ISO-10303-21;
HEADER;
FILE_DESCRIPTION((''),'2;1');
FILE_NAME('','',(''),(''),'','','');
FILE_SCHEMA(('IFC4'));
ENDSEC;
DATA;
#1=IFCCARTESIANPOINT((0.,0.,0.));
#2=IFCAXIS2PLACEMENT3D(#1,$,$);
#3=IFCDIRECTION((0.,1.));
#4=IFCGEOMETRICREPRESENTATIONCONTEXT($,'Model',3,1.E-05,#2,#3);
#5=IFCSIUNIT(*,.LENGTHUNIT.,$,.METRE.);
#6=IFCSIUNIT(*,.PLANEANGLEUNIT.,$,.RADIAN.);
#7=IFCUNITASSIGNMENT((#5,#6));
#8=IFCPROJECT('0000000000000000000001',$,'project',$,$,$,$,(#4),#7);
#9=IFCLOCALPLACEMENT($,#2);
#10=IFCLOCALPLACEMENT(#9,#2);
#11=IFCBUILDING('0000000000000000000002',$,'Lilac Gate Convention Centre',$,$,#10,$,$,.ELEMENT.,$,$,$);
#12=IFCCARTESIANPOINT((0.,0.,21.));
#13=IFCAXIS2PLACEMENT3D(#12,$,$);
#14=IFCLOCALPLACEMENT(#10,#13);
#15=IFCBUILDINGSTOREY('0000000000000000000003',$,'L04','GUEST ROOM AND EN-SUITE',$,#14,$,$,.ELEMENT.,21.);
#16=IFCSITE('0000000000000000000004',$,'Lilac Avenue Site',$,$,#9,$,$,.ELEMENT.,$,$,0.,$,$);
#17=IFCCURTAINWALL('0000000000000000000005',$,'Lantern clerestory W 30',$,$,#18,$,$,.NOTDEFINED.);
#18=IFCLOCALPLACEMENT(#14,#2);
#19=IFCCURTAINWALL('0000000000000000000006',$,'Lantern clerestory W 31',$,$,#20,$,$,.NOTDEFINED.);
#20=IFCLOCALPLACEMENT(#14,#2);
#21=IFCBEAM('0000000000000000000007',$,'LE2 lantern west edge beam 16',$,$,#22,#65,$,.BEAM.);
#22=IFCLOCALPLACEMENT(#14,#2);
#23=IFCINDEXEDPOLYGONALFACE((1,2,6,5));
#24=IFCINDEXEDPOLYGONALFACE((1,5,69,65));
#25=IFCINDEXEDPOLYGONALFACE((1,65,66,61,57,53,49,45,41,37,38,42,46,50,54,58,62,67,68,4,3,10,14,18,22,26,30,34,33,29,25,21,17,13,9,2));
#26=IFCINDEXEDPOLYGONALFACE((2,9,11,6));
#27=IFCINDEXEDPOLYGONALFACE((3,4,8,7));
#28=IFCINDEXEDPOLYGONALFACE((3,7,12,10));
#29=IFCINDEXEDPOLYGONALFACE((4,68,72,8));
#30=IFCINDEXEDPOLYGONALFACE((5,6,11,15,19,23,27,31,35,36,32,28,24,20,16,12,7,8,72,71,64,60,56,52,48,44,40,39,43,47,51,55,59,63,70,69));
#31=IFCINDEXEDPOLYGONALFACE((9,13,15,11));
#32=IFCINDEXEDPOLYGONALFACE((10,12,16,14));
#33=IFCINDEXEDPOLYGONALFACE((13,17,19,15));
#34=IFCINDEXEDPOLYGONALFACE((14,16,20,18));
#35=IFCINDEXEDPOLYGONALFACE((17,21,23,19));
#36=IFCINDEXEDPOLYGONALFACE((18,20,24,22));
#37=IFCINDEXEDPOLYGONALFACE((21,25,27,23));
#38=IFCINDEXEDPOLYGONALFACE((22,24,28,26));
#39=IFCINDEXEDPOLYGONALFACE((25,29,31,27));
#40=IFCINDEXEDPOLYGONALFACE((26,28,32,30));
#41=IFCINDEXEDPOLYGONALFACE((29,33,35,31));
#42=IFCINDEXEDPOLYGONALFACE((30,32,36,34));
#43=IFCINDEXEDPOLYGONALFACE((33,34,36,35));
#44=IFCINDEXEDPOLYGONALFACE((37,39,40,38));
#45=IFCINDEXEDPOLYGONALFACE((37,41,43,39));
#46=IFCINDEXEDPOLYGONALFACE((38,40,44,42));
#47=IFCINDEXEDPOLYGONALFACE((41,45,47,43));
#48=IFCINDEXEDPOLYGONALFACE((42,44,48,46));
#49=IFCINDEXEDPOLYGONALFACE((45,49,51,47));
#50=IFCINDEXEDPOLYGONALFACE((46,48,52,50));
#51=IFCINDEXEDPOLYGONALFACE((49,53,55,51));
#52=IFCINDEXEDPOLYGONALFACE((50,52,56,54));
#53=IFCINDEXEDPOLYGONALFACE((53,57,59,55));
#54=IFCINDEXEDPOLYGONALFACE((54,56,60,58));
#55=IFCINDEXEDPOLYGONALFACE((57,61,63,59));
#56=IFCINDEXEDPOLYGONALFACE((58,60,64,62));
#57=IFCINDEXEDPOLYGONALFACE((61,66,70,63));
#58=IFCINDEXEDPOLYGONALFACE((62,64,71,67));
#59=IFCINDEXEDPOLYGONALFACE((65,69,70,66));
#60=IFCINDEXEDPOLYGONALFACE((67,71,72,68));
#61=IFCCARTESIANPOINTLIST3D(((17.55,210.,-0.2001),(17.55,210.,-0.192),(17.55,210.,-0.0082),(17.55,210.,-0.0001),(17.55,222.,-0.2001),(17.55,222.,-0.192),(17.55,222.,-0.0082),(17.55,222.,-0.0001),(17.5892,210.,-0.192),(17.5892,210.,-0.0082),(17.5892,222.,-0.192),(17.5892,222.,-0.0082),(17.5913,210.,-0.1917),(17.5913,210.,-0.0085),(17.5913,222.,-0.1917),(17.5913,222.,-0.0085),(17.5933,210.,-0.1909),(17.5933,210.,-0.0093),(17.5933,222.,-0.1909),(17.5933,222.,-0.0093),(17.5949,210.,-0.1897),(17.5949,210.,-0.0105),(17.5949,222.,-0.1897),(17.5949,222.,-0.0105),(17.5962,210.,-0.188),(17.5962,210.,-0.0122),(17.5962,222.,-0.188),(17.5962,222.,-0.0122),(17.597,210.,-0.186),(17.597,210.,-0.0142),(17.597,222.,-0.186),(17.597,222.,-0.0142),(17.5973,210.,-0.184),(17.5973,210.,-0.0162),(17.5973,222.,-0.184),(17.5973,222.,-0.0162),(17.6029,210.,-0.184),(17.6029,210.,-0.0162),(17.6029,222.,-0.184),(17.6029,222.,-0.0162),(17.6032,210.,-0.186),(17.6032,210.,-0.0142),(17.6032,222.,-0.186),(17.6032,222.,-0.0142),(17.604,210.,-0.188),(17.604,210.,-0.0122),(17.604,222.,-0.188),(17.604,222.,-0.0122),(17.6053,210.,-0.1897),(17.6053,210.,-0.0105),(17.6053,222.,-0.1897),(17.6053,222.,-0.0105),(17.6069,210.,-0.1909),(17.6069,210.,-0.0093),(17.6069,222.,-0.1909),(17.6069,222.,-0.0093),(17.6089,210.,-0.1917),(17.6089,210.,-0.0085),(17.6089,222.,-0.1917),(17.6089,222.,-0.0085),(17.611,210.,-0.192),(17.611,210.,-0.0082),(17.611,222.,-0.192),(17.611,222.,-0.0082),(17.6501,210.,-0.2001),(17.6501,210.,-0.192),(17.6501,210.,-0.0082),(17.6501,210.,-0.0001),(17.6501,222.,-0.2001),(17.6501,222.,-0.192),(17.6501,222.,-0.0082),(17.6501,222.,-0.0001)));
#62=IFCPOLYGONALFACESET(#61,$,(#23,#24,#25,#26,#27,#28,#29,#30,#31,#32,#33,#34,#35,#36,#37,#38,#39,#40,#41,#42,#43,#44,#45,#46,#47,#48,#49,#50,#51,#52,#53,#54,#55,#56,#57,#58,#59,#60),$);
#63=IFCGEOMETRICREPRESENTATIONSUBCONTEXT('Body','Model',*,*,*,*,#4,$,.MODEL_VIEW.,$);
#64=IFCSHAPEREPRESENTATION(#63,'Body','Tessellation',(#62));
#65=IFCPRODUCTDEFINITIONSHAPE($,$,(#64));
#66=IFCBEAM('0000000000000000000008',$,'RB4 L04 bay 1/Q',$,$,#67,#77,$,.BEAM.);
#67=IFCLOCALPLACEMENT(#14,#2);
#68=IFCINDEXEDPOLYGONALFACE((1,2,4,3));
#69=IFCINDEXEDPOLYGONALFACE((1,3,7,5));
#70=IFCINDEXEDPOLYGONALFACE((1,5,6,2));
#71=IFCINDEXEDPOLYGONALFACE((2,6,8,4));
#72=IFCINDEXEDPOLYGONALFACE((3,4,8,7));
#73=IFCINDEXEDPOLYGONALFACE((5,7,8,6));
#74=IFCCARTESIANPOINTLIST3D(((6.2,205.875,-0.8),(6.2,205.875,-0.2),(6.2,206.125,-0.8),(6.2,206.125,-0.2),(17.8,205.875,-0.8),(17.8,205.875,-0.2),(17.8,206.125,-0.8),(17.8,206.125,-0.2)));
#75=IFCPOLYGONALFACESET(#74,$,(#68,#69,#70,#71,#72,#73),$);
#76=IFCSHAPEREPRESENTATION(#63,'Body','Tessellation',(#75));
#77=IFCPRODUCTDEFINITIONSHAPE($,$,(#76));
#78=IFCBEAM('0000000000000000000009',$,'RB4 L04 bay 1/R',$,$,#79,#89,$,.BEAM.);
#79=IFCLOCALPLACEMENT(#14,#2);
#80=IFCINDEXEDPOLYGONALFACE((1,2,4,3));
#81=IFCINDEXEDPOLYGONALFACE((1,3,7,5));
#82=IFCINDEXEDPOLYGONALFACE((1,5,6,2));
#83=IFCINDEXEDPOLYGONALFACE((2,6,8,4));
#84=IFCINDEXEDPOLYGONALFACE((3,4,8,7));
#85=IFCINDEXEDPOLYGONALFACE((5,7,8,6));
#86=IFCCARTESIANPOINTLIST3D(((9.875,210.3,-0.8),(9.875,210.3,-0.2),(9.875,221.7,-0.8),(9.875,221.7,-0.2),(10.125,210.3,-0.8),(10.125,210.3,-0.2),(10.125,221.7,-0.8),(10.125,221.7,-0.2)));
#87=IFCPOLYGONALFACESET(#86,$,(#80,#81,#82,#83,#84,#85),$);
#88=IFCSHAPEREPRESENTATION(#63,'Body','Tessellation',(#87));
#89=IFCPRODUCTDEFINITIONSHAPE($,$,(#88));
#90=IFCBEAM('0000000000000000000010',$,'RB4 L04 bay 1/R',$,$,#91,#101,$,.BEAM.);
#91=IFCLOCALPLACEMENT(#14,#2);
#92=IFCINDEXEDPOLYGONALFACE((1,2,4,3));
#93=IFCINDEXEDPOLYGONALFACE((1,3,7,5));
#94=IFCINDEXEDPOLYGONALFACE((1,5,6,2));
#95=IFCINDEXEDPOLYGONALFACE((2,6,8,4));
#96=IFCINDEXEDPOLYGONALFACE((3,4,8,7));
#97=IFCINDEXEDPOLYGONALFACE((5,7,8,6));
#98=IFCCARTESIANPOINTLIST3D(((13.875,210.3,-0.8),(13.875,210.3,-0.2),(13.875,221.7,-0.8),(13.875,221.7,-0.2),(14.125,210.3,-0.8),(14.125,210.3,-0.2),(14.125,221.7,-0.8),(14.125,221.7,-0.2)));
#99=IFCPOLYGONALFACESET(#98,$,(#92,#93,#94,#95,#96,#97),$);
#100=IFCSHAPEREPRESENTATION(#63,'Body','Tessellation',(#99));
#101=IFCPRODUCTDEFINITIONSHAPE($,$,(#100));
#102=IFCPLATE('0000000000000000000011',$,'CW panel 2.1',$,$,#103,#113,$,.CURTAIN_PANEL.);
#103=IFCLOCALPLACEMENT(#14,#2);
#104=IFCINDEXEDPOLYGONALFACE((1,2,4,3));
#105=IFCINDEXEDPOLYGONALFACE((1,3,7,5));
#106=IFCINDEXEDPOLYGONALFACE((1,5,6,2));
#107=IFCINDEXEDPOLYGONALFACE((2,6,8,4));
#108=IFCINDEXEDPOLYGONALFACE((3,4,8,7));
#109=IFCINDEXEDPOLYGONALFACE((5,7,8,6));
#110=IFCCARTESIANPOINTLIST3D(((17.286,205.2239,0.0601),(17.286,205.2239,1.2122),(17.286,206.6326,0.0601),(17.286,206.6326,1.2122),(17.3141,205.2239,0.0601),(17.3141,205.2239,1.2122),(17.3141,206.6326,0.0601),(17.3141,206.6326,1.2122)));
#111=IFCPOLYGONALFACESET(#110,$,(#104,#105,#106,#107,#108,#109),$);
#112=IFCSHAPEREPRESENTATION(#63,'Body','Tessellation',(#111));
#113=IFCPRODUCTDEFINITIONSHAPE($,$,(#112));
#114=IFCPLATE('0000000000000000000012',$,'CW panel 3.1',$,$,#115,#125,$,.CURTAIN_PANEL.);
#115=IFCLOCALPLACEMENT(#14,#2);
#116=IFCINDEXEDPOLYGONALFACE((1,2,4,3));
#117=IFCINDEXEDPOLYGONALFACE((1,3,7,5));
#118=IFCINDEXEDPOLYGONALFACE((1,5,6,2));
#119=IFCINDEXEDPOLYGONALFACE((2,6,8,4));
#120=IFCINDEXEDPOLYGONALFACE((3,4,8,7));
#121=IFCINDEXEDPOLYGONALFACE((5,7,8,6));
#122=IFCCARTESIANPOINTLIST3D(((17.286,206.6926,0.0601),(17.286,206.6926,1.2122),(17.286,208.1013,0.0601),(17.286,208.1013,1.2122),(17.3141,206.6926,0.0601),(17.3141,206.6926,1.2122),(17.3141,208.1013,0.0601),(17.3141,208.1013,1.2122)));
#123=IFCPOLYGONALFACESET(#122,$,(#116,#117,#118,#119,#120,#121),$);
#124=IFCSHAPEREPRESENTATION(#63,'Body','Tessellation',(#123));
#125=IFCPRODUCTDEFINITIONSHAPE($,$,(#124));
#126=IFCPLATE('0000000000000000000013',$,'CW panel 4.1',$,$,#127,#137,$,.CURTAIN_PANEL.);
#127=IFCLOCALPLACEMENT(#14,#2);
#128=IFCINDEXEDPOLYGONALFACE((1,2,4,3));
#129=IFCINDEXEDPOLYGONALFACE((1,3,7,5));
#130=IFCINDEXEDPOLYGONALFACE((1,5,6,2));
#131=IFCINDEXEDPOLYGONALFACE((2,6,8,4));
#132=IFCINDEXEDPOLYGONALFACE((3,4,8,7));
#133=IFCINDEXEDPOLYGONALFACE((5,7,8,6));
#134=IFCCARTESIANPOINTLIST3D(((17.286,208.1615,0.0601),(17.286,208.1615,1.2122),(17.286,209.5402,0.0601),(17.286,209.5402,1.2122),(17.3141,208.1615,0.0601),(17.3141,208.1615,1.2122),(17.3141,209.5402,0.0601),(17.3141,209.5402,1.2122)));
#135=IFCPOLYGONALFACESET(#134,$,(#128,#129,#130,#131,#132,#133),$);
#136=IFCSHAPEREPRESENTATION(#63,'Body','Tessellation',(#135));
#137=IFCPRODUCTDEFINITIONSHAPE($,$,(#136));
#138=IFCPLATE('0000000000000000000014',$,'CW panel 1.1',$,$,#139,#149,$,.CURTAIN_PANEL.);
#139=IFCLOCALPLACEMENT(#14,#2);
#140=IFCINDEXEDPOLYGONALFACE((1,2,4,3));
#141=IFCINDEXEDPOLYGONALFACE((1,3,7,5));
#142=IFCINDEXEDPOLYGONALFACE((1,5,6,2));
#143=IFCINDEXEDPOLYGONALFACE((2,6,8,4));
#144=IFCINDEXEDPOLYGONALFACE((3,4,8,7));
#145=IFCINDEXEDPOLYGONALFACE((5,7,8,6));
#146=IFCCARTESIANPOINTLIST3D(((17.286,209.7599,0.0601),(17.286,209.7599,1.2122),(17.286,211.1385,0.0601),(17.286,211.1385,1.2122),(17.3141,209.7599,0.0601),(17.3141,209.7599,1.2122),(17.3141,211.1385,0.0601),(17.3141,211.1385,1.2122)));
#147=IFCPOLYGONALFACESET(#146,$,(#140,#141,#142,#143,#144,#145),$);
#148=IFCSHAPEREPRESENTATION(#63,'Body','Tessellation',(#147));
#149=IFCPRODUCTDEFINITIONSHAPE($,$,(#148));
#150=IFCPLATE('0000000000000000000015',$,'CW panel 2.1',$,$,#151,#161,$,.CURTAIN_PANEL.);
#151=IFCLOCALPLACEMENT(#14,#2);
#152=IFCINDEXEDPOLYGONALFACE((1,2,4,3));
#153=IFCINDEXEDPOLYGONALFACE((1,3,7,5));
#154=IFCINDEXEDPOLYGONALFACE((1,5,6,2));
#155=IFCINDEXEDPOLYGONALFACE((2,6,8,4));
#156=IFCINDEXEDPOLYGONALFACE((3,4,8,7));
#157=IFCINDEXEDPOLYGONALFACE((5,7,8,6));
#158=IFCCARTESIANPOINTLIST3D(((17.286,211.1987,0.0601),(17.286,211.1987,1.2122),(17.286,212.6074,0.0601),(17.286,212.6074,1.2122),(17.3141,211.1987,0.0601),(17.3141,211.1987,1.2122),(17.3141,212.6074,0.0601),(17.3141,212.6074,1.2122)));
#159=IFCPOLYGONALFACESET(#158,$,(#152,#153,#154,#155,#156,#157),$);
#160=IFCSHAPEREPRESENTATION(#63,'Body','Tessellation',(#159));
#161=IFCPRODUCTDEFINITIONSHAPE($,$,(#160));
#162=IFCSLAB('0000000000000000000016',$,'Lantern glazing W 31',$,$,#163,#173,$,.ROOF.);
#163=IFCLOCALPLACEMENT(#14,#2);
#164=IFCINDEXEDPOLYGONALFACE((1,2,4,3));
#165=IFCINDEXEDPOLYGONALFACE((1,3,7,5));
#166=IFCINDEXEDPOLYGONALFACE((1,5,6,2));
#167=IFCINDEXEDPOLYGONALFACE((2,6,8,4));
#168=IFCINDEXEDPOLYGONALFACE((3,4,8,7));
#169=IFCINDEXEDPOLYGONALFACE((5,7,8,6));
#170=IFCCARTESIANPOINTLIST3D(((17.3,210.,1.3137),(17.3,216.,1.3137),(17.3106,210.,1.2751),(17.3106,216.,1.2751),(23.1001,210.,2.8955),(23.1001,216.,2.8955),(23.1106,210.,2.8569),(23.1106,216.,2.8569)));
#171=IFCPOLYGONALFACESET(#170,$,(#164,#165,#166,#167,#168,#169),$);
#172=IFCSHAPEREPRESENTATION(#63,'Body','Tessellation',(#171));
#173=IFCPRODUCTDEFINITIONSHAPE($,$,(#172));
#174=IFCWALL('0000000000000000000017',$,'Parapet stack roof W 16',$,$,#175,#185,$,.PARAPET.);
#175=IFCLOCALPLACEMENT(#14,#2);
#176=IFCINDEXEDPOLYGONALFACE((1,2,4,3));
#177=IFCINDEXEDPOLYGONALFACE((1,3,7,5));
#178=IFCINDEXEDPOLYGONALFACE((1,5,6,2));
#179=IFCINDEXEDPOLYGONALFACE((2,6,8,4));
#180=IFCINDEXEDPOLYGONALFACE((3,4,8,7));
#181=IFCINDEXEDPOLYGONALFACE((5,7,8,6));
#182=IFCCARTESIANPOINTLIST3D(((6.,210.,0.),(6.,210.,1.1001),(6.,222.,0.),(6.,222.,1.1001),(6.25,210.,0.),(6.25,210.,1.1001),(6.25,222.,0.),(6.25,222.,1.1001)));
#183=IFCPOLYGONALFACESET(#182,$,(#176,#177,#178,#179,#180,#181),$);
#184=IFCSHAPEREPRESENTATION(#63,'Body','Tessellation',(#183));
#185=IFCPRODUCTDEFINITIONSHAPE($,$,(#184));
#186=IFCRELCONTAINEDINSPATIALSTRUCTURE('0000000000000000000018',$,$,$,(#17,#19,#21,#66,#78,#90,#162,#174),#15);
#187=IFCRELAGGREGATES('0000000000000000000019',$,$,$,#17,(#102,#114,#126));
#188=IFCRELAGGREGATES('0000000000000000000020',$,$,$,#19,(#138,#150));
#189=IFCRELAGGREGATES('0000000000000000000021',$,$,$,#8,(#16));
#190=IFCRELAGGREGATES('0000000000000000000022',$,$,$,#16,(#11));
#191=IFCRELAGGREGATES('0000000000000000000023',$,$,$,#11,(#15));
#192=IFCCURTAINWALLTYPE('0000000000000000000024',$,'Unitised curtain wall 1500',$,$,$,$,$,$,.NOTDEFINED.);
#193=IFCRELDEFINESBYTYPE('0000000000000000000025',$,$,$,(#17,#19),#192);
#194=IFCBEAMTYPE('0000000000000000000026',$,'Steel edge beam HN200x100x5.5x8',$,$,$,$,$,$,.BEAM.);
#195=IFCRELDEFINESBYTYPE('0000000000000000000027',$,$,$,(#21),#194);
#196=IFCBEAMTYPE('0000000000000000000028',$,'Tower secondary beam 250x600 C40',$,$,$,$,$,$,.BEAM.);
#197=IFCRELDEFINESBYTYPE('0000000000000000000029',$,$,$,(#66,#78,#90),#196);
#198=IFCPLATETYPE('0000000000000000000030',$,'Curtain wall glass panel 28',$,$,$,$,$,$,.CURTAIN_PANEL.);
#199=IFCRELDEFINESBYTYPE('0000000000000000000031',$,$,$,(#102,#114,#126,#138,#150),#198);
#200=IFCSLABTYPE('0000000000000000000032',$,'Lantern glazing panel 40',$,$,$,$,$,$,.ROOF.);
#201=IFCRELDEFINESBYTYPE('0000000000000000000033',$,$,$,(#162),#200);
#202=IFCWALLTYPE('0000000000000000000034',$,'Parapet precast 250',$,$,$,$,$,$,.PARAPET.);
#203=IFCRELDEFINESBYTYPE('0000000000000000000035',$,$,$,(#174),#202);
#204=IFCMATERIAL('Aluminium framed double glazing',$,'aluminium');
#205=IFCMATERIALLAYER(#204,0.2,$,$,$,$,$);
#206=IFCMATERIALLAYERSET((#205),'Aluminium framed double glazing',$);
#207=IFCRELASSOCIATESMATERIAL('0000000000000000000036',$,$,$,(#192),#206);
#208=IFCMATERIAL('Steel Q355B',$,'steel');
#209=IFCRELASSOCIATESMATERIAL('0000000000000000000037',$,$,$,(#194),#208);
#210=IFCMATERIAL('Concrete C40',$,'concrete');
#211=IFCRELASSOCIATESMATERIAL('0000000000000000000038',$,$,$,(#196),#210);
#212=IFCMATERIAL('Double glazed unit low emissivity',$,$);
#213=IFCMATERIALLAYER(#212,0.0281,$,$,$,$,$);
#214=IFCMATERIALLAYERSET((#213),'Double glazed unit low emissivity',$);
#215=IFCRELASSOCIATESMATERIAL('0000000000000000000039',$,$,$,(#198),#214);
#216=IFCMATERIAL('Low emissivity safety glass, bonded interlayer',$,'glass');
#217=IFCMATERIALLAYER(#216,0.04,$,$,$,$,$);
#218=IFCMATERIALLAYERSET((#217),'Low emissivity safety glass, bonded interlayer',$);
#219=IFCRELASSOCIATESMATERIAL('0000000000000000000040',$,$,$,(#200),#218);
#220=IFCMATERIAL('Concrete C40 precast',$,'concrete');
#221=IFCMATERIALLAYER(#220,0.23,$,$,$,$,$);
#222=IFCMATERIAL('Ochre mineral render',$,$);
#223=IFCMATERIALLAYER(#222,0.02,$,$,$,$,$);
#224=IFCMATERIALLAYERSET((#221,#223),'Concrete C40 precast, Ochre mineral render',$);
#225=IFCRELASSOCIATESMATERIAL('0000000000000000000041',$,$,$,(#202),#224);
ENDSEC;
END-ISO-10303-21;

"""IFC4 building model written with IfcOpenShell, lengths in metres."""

from ifc_helpers import new_model, si_unit, direction, frame, frame_2d, origin, origin_2d, place, context, subcontext, project, spatial, polyline, rectangle, i_section, outline, extrude, material, layer, layer_set, material_profile, profile_set, type_object, element, aggregate, save


model = new_model("IFC4")

# Units and contexts
model_context = context("Model", 3, precision=1e-05, world=origin(), true_north=direction((0.0, 1.0)))
body_context = subcontext(model_context, "Body", "Model", "MODEL_VIEW")
ifc_project = project(units=[si_unit("LENGTHUNIT", "METRE"), si_unit("PLANEANGLEUNIT", "RADIAN")], contexts=[model_context])

# Site, building, storey
site_placement = place(None, origin())
site = spatial("IfcSite", under=ifc_project, at=site_placement, Name="Lilac Avenue Site", CompositionType="ELEMENT", RefElevation=0.0)
building_placement = place(site_placement, origin())
building = spatial("IfcBuilding", under=site, at=building_placement, Name="Lilac Gate Convention Centre", CompositionType="ELEMENT")
storey_placement = place(building_placement, frame((0.0, 0.0, 21.0)))
storey = spatial("IfcBuildingStorey", under=building, at=storey_placement, Name="L04", Description="GUEST ROOM AND EN-SUITE", CompositionType="ELEMENT", Elevation=21.0)

# Curtain walls
ifc_material_1 = material(Name="Aluminium framed double glazing", Category="aluminium")
ifc_layer_1 = layer(ifc_material_1, 0.2)
ifc_layer_set_1 = layer_set([ifc_layer_1], Name="Aluminium framed double glazing")
curtain_wall_type = type_object("IfcCurtainWallType", Name="Unitised curtain wall 1500", PredefinedType="NOTDEFINED", material=ifc_layer_set_1)
curtain_wall_1_placement = place(storey_placement, origin())
curtain_wall_1 = element("IfcCurtainWall", 1, at=curtain_wall_1_placement, inside=storey, type_object=curtain_wall_type, Name="Lantern clerestory W 30", PredefinedType="NOTDEFINED")
curtain_wall_2_placement = place(storey_placement, origin())
curtain_wall_2 = element("IfcCurtainWall", 2, at=curtain_wall_2_placement, inside=storey, type_object=curtain_wall_type, Name="Lantern clerestory W 31", PredefinedType="NOTDEFINED")

# Shared definitions
ifc_material_2 = material(Name="Steel Q355B", Category="steel")

# Beams
ifc_material_profile_1 = material_profile(ifc_material_2, i_section(OverallWidth=0.1001, OverallDepth=0.2, WebThickness=0.0056, FlangeThickness=0.0081, FilletRadius=0.0081, at=origin_2d()), Name="HN200x100x5.5x8")
ifc_profile_set_1 = profile_set([ifc_material_profile_1], Name="Steel Q355B")
beam_type_1 = type_object("IfcBeamType", Name="Steel edge beam HN200x100x5.5x8", PredefinedType="BEAM", material=ifc_profile_set_1)
beam_1_placement = place(storey_placement, frame((17.6001, 210.0, -0.1001), z_axis=(0.0, 1.0, 0.0), x_axis=(-1.0, 0.0, 0.0)))
element("IfcBeam", 3, at=beam_1_placement, inside=storey, type_object=beam_type_1, Name="LE2 lantern west edge beam 16", PredefinedType="BEAM", context=body_context, shape_type="SweptSolid", body=[
    extrude(i_section(OverallWidth=0.1001, OverallDepth=0.2, WebThickness=0.0056, FlangeThickness=0.0081, FilletRadius=0.0081, at=origin_2d()), origin(), (0.0, 0.0, 1.0), 12.0),
])
ifc_material_3 = material(Name="Concrete C40", Category="concrete")
ifc_material_profile_2 = material_profile(ifc_material_3, rectangle(XDim=0.25, YDim=0.6001, at=origin_2d()), Name="RC 250x600")
ifc_profile_set_2 = profile_set([ifc_material_profile_2], Name="Concrete C40")
beam_type_2 = type_object("IfcBeamType", Name="Tower secondary beam 250x600 C40", PredefinedType="BEAM", material=ifc_profile_set_2)
beam_2_placement = place(storey_placement, frame((6.2, 206.0, -0.5), z_axis=(1.0, 0.0, 0.0), x_axis=(0.0, 1.0, 0.0)))
element("IfcBeam", 4, at=beam_2_placement, inside=storey, type_object=beam_type_2, Name="RB4 L04 bay 1/Q", PredefinedType="BEAM", context=body_context, shape_type="SweptSolid", body=[
    extrude(rectangle(XDim=0.25, YDim=0.6001, at=origin_2d()), origin(), (0.0, 0.0, 1.0), 11.6001),
])
for number, where, z_axis, x_axis, name in (
    (5, (10.0, 210.3, -0.5), (0.0, 1.0, 0.0), (-1.0, 0.0, 0.0), "RB4 L04 bay 1/R"),
    (6, (14.0, 210.3, -0.5), (0.0, 1.0, 0.0), (-1.0, 0.0, 0.0), "RB4 L04 bay 1/R"),
):
    element("IfcBeam", number, at=place(storey_placement, frame(where, z_axis=z_axis, x_axis=x_axis)), inside=storey, type_object=beam_type_2, Name=name, PredefinedType="BEAM", context=body_context, shape_type="SweptSolid", body=[
        extrude(rectangle(XDim=0.25, YDim=0.6001, at=origin_2d()), origin(), (0.0, 0.0, 1.0), 11.3999),
    ])

# Plates
ifc_material_4 = material(Name="Double glazed unit low emissivity")
ifc_layer_2 = layer(ifc_material_4, 0.0281)
ifc_layer_set_2 = layer_set([ifc_layer_2], Name="Double glazed unit low emissivity")
plate_type = type_object("IfcPlateType", Name="Curtain wall glass panel 28", PredefinedType="CURTAIN_PANEL", material=ifc_layer_set_2)
plate_1_placement = place(storey_placement, frame((17.3, 205.9282, 0.0601), z_axis=(0.0, 0.0, 1.0), x_axis=(0.0, 1.0, 0.0)))
plate_1 = element("IfcPlate", 7, at=plate_1_placement, type_object=plate_type, Name="CW panel 2.1", PredefinedType="CURTAIN_PANEL", context=body_context, shape_type="SweptSolid", body=[
    extrude(rectangle(XDim=1.4087, YDim=0.0281, at=origin_2d()), origin(), (0.0, 0.0, 1.0), 1.1521),
])
plate_2_placement = place(storey_placement, frame((17.3, 207.397, 0.0601), z_axis=(0.0, 0.0, 1.0), x_axis=(0.0, 1.0, 0.0)))
plate_2 = element("IfcPlate", 8, at=plate_2_placement, type_object=plate_type, Name="CW panel 3.1", PredefinedType="CURTAIN_PANEL", context=body_context, shape_type="SweptSolid", body=[
    extrude(rectangle(XDim=1.4087, YDim=0.0281, at=origin_2d()), origin(), (0.0, 0.0, 1.0), 1.1521),
])
plate_3_placement = place(storey_placement, frame((17.3, 208.8508, 0.0601), z_axis=(0.0, 0.0, 1.0), x_axis=(0.0, 1.0, 0.0)))
plate_3 = element("IfcPlate", 9, at=plate_3_placement, type_object=plate_type, Name="CW panel 4.1", PredefinedType="CURTAIN_PANEL", context=body_context, shape_type="SweptSolid", body=[
    extrude(rectangle(XDim=1.3787, YDim=0.0281, at=origin_2d()), origin(), (0.0, 0.0, 1.0), 1.1521),
])
aggregate(curtain_wall_1, [plate_1, plate_2, plate_3])
plate_4_placement = place(storey_placement, frame((17.3, 210.4492, 0.0601), z_axis=(0.0, 0.0, 1.0), x_axis=(0.0, 1.0, 0.0)))
plate_4 = element("IfcPlate", 10, at=plate_4_placement, type_object=plate_type, Name="CW panel 1.1", PredefinedType="CURTAIN_PANEL", context=body_context, shape_type="SweptSolid", body=[
    extrude(rectangle(XDim=1.3787, YDim=0.0281, at=origin_2d()), origin(), (0.0, 0.0, 1.0), 1.1521),
])
plate_5_placement = place(storey_placement, frame((17.3, 211.9031, 0.0601), z_axis=(0.0, 0.0, 1.0), x_axis=(0.0, 1.0, 0.0)))
plate_5 = element("IfcPlate", 11, at=plate_5_placement, type_object=plate_type, Name="CW panel 2.1", PredefinedType="CURTAIN_PANEL", context=body_context, shape_type="SweptSolid", body=[
    extrude(rectangle(XDim=1.4087, YDim=0.0281, at=origin_2d()), origin(), (0.0, 0.0, 1.0), 1.1521),
])
aggregate(curtain_wall_2, [plate_4, plate_5])

# Slab
ifc_material_5 = material(Name="Low emissivity safety glass, bonded interlayer", Category="glass")
ifc_layer_3 = layer(ifc_material_5, 0.04)
ifc_layer_set_3 = layer_set([ifc_layer_3], Name="Low emissivity safety glass, bonded interlayer")
slab_type = type_object("IfcSlabType", Name="Lantern glazing panel 40", PredefinedType="ROOF", material=ifc_layer_set_3)
slab_placement = place(storey_placement, frame((17.3, 210.0, 1.3137), z_axis=(-0.263111, 0.0, 0.964766), x_axis=(0.964766, 0.0, 0.263111)))
element("IfcSlab", 12, at=slab_placement, inside=storey, type_object=slab_type, Name="Lantern glazing W 31", PredefinedType="ROOF", context=body_context, shape_type="SweptSolid", body=[
    extrude(outline(polyline([(0.0, 0.0), (6.0119, 0.0), (6.0119, 6.0), (0.0, 6.0), (0.0, 0.0)])), origin(), (0.0, 0.0, -1.0), 0.04),
])

# Wall
ifc_material_6 = material(Name="Concrete C40 precast", Category="concrete")
ifc_layer_4 = layer(ifc_material_6, 0.23)
ifc_material_7 = material(Name="Ochre mineral render")
ifc_layer_5 = layer(ifc_material_7, 0.02)
ifc_layer_set_4 = layer_set([ifc_layer_4, ifc_layer_5], Name="Concrete C40 precast, Ochre mineral render")
wall_type = type_object("IfcWallType", Name="Parapet precast 250", PredefinedType="PARAPET", material=ifc_layer_set_4)
wall_placement = place(storey_placement, frame((6.125, 210.0, 0.0), z_axis=(0.0, 0.0, 1.0), x_axis=(0.0, 1.0, 0.0)))
element("IfcWall", 13, at=wall_placement, inside=storey, type_object=wall_type, Name="Parapet stack roof W 16", PredefinedType="PARAPET", context=body_context, shape_type="SweptSolid", body=[
    extrude(rectangle(XDim=12.0, YDim=0.25, at=frame_2d((6.0, 0.0))), origin(), (0.0, 0.0, 1.0), 1.1001),
])

save(model, "model.ifc")
